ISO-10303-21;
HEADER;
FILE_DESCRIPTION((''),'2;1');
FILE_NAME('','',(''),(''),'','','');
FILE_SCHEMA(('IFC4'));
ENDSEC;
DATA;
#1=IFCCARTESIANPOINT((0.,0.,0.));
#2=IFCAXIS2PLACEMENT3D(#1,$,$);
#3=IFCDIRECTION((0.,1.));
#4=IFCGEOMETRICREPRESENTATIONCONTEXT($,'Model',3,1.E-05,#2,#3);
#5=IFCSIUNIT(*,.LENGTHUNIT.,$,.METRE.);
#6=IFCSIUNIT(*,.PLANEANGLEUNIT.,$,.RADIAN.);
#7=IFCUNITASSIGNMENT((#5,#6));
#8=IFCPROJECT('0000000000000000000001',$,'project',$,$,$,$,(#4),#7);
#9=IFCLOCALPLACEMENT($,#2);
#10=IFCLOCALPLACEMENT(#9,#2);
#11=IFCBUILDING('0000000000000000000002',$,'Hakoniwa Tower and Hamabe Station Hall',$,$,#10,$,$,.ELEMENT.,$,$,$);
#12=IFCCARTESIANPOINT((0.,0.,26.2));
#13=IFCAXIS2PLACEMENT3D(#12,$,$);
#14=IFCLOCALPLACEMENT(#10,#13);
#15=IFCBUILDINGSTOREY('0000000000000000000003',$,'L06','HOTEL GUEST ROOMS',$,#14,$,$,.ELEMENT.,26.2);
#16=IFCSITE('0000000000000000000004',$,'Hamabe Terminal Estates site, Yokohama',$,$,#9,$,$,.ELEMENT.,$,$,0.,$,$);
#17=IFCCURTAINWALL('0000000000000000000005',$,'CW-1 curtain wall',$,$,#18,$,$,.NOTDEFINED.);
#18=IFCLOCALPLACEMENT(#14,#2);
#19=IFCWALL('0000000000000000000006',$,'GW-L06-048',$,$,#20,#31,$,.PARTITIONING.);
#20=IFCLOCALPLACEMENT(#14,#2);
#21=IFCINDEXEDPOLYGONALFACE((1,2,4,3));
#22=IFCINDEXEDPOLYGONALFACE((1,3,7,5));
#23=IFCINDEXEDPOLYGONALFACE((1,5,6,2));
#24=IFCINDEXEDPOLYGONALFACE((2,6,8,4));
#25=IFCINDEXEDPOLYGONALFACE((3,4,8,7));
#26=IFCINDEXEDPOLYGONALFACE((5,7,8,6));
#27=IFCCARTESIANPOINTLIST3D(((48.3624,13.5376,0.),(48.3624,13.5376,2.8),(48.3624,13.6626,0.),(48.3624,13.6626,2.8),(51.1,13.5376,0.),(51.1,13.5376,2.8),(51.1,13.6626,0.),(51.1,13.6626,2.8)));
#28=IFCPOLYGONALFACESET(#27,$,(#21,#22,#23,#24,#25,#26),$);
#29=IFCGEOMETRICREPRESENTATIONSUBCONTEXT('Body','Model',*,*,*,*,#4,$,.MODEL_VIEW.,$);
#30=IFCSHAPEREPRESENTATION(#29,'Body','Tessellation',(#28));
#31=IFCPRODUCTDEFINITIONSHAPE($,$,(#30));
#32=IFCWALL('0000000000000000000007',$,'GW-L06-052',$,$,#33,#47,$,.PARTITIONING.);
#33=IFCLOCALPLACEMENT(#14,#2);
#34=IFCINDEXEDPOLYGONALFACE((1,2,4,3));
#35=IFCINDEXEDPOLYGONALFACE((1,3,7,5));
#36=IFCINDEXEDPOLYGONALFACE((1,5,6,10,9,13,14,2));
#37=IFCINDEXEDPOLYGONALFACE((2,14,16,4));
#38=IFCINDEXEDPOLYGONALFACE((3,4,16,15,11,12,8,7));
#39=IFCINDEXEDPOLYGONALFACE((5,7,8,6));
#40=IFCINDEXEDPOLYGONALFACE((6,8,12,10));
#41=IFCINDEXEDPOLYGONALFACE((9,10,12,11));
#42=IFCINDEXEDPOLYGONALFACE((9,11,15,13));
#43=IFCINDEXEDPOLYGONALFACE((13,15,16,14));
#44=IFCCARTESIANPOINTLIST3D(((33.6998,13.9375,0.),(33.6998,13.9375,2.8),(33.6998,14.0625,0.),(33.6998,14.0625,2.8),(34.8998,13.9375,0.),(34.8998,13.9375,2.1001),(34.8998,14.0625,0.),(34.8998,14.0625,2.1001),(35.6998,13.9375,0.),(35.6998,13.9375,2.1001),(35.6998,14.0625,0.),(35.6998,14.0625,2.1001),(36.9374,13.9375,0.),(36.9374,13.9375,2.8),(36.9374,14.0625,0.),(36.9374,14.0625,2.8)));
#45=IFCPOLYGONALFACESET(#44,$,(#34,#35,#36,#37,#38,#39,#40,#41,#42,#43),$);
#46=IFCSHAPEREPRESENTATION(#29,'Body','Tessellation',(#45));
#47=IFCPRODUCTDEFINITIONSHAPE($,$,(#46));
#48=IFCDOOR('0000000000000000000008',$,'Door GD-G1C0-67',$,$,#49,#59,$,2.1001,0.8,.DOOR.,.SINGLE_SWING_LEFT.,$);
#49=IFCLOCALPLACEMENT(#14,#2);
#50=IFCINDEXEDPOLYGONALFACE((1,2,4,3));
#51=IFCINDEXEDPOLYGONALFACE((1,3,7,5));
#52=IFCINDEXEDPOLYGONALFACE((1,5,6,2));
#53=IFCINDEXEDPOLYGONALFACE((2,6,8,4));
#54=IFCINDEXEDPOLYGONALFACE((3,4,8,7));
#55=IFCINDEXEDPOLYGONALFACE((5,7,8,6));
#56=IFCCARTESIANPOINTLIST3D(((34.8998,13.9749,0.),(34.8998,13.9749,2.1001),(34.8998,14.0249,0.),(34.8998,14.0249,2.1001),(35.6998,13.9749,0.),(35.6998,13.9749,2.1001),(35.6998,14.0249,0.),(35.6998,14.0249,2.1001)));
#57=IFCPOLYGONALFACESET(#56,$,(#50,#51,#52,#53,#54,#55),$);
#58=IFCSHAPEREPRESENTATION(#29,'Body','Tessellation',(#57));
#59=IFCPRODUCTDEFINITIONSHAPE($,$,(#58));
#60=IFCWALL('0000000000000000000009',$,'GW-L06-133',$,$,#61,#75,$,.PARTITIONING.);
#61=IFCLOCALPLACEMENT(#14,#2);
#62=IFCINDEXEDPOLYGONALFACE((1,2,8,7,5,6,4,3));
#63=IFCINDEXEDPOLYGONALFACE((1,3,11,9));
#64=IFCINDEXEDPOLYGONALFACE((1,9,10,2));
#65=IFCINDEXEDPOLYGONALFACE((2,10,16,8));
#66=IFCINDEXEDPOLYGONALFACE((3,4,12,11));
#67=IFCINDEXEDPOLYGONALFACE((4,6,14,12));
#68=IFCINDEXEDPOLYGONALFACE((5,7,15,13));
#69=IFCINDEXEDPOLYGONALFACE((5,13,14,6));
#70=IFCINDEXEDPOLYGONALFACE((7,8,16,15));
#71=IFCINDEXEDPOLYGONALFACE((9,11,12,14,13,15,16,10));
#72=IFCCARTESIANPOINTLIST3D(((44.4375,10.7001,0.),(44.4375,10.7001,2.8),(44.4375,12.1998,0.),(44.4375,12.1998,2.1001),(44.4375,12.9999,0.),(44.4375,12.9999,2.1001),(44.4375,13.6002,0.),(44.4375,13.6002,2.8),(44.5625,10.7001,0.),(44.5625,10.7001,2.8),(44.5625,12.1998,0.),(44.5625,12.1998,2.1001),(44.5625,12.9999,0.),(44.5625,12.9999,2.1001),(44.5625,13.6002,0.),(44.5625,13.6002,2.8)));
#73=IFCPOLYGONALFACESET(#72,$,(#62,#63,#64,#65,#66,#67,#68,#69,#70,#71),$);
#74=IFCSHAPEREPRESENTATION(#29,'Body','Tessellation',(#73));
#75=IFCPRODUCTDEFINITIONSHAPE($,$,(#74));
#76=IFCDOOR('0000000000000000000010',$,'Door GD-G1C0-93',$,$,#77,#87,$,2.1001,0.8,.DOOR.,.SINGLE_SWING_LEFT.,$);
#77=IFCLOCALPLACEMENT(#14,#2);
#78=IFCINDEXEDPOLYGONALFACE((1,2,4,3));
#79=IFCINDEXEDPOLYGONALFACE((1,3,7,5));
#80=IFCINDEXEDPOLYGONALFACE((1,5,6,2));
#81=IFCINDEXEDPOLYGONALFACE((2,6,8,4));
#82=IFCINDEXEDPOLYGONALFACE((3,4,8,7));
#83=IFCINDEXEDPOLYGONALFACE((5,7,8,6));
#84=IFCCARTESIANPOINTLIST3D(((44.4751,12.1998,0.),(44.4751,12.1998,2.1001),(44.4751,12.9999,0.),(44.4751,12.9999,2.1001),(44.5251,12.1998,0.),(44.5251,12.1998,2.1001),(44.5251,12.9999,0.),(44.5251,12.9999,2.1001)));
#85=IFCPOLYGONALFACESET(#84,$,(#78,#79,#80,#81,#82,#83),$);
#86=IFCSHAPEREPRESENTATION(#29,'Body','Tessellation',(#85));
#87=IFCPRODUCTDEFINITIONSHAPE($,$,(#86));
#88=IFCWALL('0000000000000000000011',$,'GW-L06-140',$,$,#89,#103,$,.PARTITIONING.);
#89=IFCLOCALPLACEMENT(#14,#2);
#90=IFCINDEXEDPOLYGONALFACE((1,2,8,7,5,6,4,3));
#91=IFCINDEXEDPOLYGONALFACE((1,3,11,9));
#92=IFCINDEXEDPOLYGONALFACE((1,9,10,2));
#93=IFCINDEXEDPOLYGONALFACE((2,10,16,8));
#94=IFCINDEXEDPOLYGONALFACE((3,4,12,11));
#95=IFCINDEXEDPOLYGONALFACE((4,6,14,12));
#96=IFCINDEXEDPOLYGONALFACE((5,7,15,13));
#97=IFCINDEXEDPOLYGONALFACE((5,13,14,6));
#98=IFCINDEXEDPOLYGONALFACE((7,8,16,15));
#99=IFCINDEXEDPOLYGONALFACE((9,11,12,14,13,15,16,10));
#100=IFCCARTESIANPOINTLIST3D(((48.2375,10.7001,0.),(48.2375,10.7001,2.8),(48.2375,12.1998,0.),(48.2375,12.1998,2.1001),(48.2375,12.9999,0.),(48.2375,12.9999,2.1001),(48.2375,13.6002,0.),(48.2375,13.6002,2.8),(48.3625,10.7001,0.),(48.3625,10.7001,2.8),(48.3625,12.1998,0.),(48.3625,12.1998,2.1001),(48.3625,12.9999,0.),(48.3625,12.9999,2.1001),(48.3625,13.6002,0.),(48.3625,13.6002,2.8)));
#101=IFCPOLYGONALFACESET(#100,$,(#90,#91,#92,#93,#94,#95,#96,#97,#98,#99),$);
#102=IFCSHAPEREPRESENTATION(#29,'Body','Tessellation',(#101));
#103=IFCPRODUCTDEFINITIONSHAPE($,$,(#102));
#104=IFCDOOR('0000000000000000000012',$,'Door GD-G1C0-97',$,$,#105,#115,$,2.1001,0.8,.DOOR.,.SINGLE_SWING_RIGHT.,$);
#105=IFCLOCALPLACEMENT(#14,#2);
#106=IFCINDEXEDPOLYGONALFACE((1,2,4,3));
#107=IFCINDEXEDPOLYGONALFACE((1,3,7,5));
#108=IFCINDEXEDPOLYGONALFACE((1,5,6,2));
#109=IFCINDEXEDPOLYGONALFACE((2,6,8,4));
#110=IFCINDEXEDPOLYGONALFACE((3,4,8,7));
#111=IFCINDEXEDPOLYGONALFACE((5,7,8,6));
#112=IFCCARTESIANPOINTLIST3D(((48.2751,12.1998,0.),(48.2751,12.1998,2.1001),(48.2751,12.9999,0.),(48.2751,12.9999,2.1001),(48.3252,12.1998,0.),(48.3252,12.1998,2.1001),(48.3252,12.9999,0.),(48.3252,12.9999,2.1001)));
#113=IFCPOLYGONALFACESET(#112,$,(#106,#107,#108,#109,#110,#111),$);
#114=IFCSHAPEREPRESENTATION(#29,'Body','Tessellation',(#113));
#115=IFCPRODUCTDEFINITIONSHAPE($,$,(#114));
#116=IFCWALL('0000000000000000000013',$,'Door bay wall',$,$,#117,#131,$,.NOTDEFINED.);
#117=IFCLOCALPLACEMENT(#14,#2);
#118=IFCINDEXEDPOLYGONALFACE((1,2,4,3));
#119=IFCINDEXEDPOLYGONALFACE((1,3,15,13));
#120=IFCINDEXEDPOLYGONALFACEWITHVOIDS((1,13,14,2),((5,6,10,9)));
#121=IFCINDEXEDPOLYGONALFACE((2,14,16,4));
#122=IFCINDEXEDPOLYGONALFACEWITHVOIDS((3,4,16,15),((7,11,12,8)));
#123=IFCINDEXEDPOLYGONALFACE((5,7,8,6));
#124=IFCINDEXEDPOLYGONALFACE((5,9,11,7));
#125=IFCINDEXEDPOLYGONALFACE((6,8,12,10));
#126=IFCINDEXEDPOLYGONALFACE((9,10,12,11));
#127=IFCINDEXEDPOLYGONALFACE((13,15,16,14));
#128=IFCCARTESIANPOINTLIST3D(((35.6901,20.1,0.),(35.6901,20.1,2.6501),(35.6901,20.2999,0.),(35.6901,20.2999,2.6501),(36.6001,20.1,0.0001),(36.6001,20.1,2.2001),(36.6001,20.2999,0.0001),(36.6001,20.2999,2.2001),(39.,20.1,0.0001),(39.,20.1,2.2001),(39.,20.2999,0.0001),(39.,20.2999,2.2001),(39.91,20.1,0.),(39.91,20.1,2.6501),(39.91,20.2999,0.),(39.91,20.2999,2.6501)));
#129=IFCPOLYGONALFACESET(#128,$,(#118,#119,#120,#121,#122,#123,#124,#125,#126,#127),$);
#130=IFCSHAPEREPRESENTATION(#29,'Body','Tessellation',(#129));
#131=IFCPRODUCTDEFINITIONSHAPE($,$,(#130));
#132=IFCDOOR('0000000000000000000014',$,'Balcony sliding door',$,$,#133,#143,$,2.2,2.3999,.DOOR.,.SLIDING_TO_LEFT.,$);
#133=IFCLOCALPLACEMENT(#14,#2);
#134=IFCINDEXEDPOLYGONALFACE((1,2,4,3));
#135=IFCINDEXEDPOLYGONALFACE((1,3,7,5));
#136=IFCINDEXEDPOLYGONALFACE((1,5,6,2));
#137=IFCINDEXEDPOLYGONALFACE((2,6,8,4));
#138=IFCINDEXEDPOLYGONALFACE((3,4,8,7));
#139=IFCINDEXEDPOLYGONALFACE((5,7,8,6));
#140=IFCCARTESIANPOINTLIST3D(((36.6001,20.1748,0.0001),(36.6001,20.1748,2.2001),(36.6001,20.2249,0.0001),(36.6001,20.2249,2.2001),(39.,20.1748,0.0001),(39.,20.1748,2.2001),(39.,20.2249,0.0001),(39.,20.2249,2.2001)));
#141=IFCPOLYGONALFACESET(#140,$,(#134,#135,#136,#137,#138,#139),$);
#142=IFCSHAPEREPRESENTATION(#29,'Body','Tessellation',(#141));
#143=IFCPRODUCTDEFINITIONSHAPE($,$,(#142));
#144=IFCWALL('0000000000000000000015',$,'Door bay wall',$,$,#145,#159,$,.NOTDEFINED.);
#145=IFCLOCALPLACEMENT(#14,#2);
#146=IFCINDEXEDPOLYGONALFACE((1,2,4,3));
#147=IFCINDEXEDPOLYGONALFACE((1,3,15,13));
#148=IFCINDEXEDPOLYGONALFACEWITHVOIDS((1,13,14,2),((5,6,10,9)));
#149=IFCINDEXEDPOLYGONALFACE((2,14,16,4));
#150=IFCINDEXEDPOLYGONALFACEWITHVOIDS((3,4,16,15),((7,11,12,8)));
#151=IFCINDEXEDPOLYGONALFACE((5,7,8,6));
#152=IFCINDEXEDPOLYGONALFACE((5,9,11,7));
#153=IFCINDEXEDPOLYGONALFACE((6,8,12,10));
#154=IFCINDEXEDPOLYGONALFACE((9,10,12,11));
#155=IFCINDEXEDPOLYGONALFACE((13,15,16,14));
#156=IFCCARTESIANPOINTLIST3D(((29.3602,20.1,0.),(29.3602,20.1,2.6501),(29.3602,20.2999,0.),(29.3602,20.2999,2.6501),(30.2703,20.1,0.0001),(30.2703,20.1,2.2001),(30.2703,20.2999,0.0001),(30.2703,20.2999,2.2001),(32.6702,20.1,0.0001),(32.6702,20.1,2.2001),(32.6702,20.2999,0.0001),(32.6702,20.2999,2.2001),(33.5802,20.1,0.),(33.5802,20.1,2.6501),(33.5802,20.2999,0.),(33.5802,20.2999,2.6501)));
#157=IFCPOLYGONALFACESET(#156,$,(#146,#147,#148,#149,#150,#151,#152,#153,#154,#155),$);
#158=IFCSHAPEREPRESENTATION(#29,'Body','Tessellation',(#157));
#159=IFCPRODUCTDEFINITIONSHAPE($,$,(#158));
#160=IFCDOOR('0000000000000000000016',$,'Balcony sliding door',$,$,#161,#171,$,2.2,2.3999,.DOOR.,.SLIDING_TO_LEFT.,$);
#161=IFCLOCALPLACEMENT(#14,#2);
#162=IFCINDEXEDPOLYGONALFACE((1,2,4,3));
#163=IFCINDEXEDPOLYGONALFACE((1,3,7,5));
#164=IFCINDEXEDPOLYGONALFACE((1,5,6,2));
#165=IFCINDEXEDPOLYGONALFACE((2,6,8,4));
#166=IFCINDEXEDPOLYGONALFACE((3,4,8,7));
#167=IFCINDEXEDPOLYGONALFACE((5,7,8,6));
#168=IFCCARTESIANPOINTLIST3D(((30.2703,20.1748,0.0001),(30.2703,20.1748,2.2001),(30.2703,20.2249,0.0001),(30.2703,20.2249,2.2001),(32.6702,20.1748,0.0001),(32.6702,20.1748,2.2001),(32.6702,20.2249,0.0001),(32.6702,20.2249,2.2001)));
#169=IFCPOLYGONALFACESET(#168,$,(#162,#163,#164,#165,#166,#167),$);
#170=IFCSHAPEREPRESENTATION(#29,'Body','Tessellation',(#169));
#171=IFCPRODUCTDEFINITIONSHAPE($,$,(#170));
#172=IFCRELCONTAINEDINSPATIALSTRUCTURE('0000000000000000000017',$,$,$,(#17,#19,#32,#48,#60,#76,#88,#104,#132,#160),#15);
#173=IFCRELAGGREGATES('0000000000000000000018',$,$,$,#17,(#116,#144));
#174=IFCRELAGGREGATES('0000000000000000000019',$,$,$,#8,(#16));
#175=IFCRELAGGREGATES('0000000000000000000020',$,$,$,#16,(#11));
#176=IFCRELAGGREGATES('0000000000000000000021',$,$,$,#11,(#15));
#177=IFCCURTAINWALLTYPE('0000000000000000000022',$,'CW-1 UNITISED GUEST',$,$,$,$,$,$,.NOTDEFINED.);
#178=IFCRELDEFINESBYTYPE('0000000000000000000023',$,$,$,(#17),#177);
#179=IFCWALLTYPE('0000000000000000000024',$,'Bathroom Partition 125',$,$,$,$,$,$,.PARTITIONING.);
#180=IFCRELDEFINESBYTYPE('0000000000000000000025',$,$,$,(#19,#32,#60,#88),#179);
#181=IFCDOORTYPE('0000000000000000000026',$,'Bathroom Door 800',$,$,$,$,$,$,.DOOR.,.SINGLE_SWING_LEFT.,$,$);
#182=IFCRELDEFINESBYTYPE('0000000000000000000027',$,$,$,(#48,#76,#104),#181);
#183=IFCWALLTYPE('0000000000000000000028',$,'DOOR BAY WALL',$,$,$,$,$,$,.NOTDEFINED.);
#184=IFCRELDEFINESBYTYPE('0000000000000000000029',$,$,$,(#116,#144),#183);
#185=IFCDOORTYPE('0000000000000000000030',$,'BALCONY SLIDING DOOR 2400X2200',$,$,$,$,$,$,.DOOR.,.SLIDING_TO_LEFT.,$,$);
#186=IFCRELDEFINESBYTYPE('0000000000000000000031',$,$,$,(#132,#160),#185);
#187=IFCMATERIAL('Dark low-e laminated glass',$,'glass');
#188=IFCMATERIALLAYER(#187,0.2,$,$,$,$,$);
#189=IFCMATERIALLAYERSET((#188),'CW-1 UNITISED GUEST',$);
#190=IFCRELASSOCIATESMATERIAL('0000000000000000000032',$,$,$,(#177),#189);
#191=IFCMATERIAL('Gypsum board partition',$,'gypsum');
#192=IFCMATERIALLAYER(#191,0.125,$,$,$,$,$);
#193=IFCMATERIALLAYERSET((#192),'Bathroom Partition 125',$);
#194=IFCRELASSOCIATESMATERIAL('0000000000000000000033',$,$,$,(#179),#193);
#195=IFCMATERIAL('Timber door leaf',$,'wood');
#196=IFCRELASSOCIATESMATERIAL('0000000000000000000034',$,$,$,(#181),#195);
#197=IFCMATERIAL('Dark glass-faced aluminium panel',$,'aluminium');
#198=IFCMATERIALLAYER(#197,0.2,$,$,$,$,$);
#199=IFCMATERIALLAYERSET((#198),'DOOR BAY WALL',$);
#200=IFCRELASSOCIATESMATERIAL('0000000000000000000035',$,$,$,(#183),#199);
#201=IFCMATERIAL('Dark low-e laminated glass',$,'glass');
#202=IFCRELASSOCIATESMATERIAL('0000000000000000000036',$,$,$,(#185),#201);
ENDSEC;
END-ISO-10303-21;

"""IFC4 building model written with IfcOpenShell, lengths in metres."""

from ifc_helpers import new_model, si_unit, direction, frame, frame_2d, origin, place, context, subcontext, project, spatial, rectangle, extrude, material, layer, layer_set, type_object, element, fill, aggregate, save


model = new_model("IFC4")

# Units and contexts
model_context = context("Model", 3, precision=1e-05, world=origin(), true_north=direction((0.0, 1.0)))
body_context = subcontext(model_context, "Body", "Model", "MODEL_VIEW")
ifc_project = project(units=[si_unit("LENGTHUNIT", "METRE"), si_unit("PLANEANGLEUNIT", "RADIAN")], contexts=[model_context])

# Site, building, storey
site_placement = place(None, origin())
site = spatial("IfcSite", under=ifc_project, at=site_placement, Name="Hamabe Terminal Estates site, Yokohama", CompositionType="ELEMENT", RefElevation=0.0)
building_placement = place(site_placement, origin())
building = spatial("IfcBuilding", under=site, at=building_placement, Name="Hakoniwa Tower and Hamabe Station Hall", CompositionType="ELEMENT")
storey_placement = place(building_placement, frame((0.0, 0.0, 26.2)))
storey = spatial("IfcBuildingStorey", under=building, at=storey_placement, Name="L06", Description="HOTEL GUEST ROOMS", CompositionType="ELEMENT", Elevation=26.2)

# Curtain wall
ifc_material_1 = material(Name="Dark low-e laminated glass", Category="glass")
ifc_layer_1 = layer(ifc_material_1, 0.2)
ifc_layer_set_1 = layer_set([ifc_layer_1], Name="CW-1 UNITISED GUEST")
curtain_wall_type = type_object("IfcCurtainWallType", Name="CW-1 UNITISED GUEST", PredefinedType="NOTDEFINED", material=ifc_layer_set_1)
curtain_wall_1_placement = place(storey_placement, origin())
curtain_wall_1 = element("IfcCurtainWall", 1, at=curtain_wall_1_placement, inside=storey, type_object=curtain_wall_type, Name="CW-1 curtain wall", PredefinedType="NOTDEFINED")

# Wall
ifc_material_2 = material(Name="Gypsum board partition", Category="gypsum")
ifc_layer_2 = layer(ifc_material_2, 0.125)
ifc_layer_set_2 = layer_set([ifc_layer_2], Name="Bathroom Partition 125")
wall_type_1 = type_object("IfcWallType", Name="Bathroom Partition 125", PredefinedType="PARTITIONING", material=ifc_layer_set_2)
wall_1_placement = place(storey_placement, frame((48.3625, 13.6001, 0.0), z_axis=(0.0, 0.0, 1.0), x_axis=(1.0, 0.0, 0.0)))
element("IfcWall", 2, at=wall_1_placement, inside=storey, type_object=wall_type_1, Name="GW-L06-048", PredefinedType="PARTITIONING", context=body_context, shape_type="SweptSolid", body=[
    extrude(rectangle(XDim=2.7375, YDim=0.125, at=frame_2d((1.3687, 0.0))), origin(), (0.0, 0.0, 1.0), 2.8),
])

# Walls, openings, doors
wall_2_placement = place(storey_placement, frame((33.7, 14.0, 0.0), z_axis=(0.0, 0.0, 1.0), x_axis=(1.0, 0.0, 0.0)))
wall_2 = element("IfcWall", 3, at=wall_2_placement, inside=storey, type_object=wall_type_1, Name="GW-L06-052", PredefinedType="PARTITIONING", context=body_context, shape_type="SweptSolid", body=[
    extrude(rectangle(XDim=3.2375, YDim=0.125, at=frame_2d((1.6187, 0.0))), origin(), (0.0, 0.0, 1.0), 2.8),
])
opening_1_placement = place(wall_2_placement, frame((1.2, 0.0, 0.0)))
opening_1 = element("IfcOpeningElement", 4, at=opening_1_placement, cuts=wall_2, PredefinedType="OPENING", context=body_context, shape_type="SweptSolid", body=[
    extrude(rectangle(XDim=0.8, YDim=2.1001, at=frame_2d((0.3999, 1.05))), frame((0.0, 0.0725, 0.0), z_axis=(0.0, -1.0, 0.0), x_axis=(1.0, 0.0, 0.0)), (0.0, 0.0, 1.0), 0.145),
])
ifc_material_3 = material(Name="Timber door leaf", Category="wood")
door_type_1 = type_object("IfcDoorType", Name="Bathroom Door 800", OperationType="SINGLE_SWING_LEFT", PredefinedType="DOOR", material=ifc_material_3)
door_1_placement = place(opening_1_placement, origin())
door_1 = element("IfcDoor", 5, at=door_1_placement, inside=storey, type_object=door_type_1, Name="Door GD-G1C0-67", OperationType="SINGLE_SWING_LEFT", OverallHeight=2.1001, OverallWidth=0.8, PredefinedType="DOOR", context=body_context, shape_type="SweptSolid", body=[
    extrude(rectangle(XDim=0.8, YDim=2.1001, at=frame_2d((0.3999, 1.05))), frame((0.0, 0.0249, 0.0), z_axis=(0.0, -1.0, 0.0), x_axis=(1.0, 0.0, 0.0)), (0.0, 0.0, 1.0), 0.05),
])
fill(opening_1, door_1)
wall_3_placement = place(storey_placement, frame((44.5, 10.7, 0.0), z_axis=(0.0, 0.0, 1.0), x_axis=(0.0, 1.0, 0.0)))
wall_3 = element("IfcWall", 6, at=wall_3_placement, inside=storey, type_object=wall_type_1, Name="GW-L06-133", PredefinedType="PARTITIONING", context=body_context, shape_type="SweptSolid", body=[
    extrude(rectangle(XDim=2.9001, YDim=0.125, at=frame_2d((1.4502, 0.0))), origin(), (0.0, 0.0, 1.0), 2.8),
])
opening_2_placement = place(wall_3_placement, frame((1.5, 0.0, 0.0)))
opening_2 = element("IfcOpeningElement", 7, at=opening_2_placement, cuts=wall_3, PredefinedType="OPENING", context=body_context, shape_type="SweptSolid", body=[
    extrude(rectangle(XDim=0.8, YDim=2.1001, at=frame_2d((0.3999, 1.05))), frame((0.0, 0.0725, 0.0), z_axis=(0.0, -1.0, 0.0), x_axis=(1.0, 0.0, 0.0)), (0.0, 0.0, 1.0), 0.145),
])
door_2_placement = place(opening_2_placement, origin())
door_2 = element("IfcDoor", 8, at=door_2_placement, inside=storey, type_object=door_type_1, Name="Door GD-G1C0-93", OperationType="SINGLE_SWING_LEFT", OverallHeight=2.1001, OverallWidth=0.8, PredefinedType="DOOR", context=body_context, shape_type="SweptSolid", body=[
    extrude(rectangle(XDim=0.8, YDim=2.1001, at=frame_2d((0.3999, 1.05))), frame((0.0, 0.0249, 0.0), z_axis=(0.0, -1.0, 0.0), x_axis=(1.0, 0.0, 0.0)), (0.0, 0.0, 1.0), 0.05),
])
fill(opening_2, door_2)
wall_4_placement = place(storey_placement, frame((48.3, 10.7, 0.0), z_axis=(0.0, 0.0, 1.0), x_axis=(0.0, 1.0, 0.0)))
wall_4 = element("IfcWall", 9, at=wall_4_placement, inside=storey, type_object=wall_type_1, Name="GW-L06-140", PredefinedType="PARTITIONING", context=body_context, shape_type="SweptSolid", body=[
    extrude(rectangle(XDim=2.9001, YDim=0.125, at=frame_2d((1.4502, 0.0))), origin(), (0.0, 0.0, 1.0), 2.8),
])
opening_3_placement = place(wall_4_placement, frame((1.5, 0.0, 0.0)))
opening_3 = element("IfcOpeningElement", 10, at=opening_3_placement, cuts=wall_4, PredefinedType="OPENING", context=body_context, shape_type="SweptSolid", body=[
    extrude(rectangle(XDim=0.8, YDim=2.1001, at=frame_2d((0.3999, 1.05))), frame((0.0, 0.0725, 0.0), z_axis=(0.0, -1.0, 0.0), x_axis=(1.0, 0.0, 0.0)), (0.0, 0.0, 1.0), 0.145),
])
door_3_placement = place(opening_3_placement, origin())
door_3 = element("IfcDoor", 11, at=door_3_placement, inside=storey, type_object=door_type_1, Name="Door GD-G1C0-97", OperationType="SINGLE_SWING_RIGHT", OverallHeight=2.1001, OverallWidth=0.8, PredefinedType="DOOR", context=body_context, shape_type="SweptSolid", body=[
    extrude(rectangle(XDim=0.8, YDim=2.1001, at=frame_2d((0.3999, 1.05))), frame((0.0, 0.0249, 0.0), z_axis=(0.0, -1.0, 0.0), x_axis=(1.0, 0.0, 0.0)), (0.0, 0.0, 1.0), 0.05),
])
fill(opening_3, door_3)
ifc_material_4 = material(Name="Dark glass-faced aluminium panel", Category="aluminium")
ifc_layer_3 = layer(ifc_material_4, 0.2)
ifc_layer_set_3 = layer_set([ifc_layer_3], Name="DOOR BAY WALL")
wall_type_2 = type_object("IfcWallType", Name="DOOR BAY WALL", PredefinedType="NOTDEFINED", material=ifc_layer_set_3)
wall_5_placement = place(storey_placement, frame((39.9099, 20.2, 0.0), z_axis=(0.0, 0.0, 1.0), x_axis=(-1.0, 0.0, 0.0)))
wall_5 = element("IfcWall", 12, at=wall_5_placement, type_object=wall_type_2, Name="Door bay wall", PredefinedType="NOTDEFINED", context=body_context, shape_type="SweptSolid", body=[
    extrude(rectangle(XDim=4.22, YDim=0.2, at=frame_2d((2.1099, 0.0))), origin(), (0.0, 0.0, 1.0), 2.6501),
])
opening_4_placement = place(wall_5_placement, frame((0.9099, 0.0, 0.0)))
opening_4 = element("IfcOpeningElement", 13, at=opening_4_placement, cuts=wall_5, PredefinedType="OPENING", context=body_context, shape_type="SweptSolid", body=[
    extrude(rectangle(XDim=2.3999, YDim=2.2, at=frame_2d((1.2, 1.1001))), frame((0.0, 0.1099, 0.0), z_axis=(0.0, -1.0, 0.0), x_axis=(1.0, 0.0, 0.0)), (0.0, 0.0, 1.0), 0.22),
])
ifc_material_5 = material(Name="Dark low-e laminated glass", Category="glass")
door_type_2 = type_object("IfcDoorType", Name="BALCONY SLIDING DOOR 2400X2200", OperationType="SLIDING_TO_LEFT", PredefinedType="DOOR", material=ifc_material_5)
door_4_placement = place(opening_4_placement, frame((2.3999, 0.0, 0.0), z_axis=(0.0, 0.0, 1.0), x_axis=(-1.0, 0.0, 0.0)))
door_4 = element("IfcDoor", 14, at=door_4_placement, inside=storey, type_object=door_type_2, Name="Balcony sliding door", OperationType="SLIDING_TO_LEFT", OverallHeight=2.2, OverallWidth=2.3999, PredefinedType="DOOR", context=body_context, shape_type="SweptSolid", body=[
    extrude(rectangle(XDim=2.3999, YDim=2.2, at=frame_2d((1.2, 1.1001))), frame((0.0, 0.0249, 0.0), z_axis=(0.0, -1.0, 0.0), x_axis=(1.0, 0.0, 0.0)), (0.0, 0.0, 1.0), 0.05),
])
fill(opening_4, door_4)
wall_6_placement = place(storey_placement, frame((33.5801, 20.2, 0.0), z_axis=(0.0, 0.0, 1.0), x_axis=(-1.0, 0.0, 0.0)))
wall_6 = element("IfcWall", 15, at=wall_6_placement, type_object=wall_type_2, Name="Door bay wall", PredefinedType="NOTDEFINED", context=body_context, shape_type="SweptSolid", body=[
    extrude(rectangle(XDim=4.22, YDim=0.2, at=frame_2d((2.1099, 0.0))), origin(), (0.0, 0.0, 1.0), 2.6501),
])
opening_5_placement = place(wall_6_placement, frame((0.9099, 0.0, 0.0)))
opening_5 = element("IfcOpeningElement", 16, at=opening_5_placement, cuts=wall_6, PredefinedType="OPENING", context=body_context, shape_type="SweptSolid", body=[
    extrude(rectangle(XDim=2.3999, YDim=2.2, at=frame_2d((1.2, 1.1001))), frame((0.0, 0.1099, 0.0), z_axis=(0.0, -1.0, 0.0), x_axis=(1.0, 0.0, 0.0)), (0.0, 0.0, 1.0), 0.22),
])
door_5_placement = place(opening_5_placement, frame((2.3999, 0.0, 0.0), z_axis=(0.0, 0.0, 1.0), x_axis=(-1.0, 0.0, 0.0)))
door_5 = element("IfcDoor", 17, at=door_5_placement, inside=storey, type_object=door_type_2, Name="Balcony sliding door", OperationType="SLIDING_TO_LEFT", OverallHeight=2.2, OverallWidth=2.3999, PredefinedType="DOOR", context=body_context, shape_type="SweptSolid", body=[
    extrude(rectangle(XDim=2.3999, YDim=2.2, at=frame_2d((1.2, 1.1001))), frame((0.0, 0.0249, 0.0), z_axis=(0.0, -1.0, 0.0), x_axis=(1.0, 0.0, 0.0)), (0.0, 0.0, 1.0), 0.05),
])
fill(opening_5, door_5)
aggregate(curtain_wall_1, [wall_5, wall_6])

save(model, "model.ifc")
